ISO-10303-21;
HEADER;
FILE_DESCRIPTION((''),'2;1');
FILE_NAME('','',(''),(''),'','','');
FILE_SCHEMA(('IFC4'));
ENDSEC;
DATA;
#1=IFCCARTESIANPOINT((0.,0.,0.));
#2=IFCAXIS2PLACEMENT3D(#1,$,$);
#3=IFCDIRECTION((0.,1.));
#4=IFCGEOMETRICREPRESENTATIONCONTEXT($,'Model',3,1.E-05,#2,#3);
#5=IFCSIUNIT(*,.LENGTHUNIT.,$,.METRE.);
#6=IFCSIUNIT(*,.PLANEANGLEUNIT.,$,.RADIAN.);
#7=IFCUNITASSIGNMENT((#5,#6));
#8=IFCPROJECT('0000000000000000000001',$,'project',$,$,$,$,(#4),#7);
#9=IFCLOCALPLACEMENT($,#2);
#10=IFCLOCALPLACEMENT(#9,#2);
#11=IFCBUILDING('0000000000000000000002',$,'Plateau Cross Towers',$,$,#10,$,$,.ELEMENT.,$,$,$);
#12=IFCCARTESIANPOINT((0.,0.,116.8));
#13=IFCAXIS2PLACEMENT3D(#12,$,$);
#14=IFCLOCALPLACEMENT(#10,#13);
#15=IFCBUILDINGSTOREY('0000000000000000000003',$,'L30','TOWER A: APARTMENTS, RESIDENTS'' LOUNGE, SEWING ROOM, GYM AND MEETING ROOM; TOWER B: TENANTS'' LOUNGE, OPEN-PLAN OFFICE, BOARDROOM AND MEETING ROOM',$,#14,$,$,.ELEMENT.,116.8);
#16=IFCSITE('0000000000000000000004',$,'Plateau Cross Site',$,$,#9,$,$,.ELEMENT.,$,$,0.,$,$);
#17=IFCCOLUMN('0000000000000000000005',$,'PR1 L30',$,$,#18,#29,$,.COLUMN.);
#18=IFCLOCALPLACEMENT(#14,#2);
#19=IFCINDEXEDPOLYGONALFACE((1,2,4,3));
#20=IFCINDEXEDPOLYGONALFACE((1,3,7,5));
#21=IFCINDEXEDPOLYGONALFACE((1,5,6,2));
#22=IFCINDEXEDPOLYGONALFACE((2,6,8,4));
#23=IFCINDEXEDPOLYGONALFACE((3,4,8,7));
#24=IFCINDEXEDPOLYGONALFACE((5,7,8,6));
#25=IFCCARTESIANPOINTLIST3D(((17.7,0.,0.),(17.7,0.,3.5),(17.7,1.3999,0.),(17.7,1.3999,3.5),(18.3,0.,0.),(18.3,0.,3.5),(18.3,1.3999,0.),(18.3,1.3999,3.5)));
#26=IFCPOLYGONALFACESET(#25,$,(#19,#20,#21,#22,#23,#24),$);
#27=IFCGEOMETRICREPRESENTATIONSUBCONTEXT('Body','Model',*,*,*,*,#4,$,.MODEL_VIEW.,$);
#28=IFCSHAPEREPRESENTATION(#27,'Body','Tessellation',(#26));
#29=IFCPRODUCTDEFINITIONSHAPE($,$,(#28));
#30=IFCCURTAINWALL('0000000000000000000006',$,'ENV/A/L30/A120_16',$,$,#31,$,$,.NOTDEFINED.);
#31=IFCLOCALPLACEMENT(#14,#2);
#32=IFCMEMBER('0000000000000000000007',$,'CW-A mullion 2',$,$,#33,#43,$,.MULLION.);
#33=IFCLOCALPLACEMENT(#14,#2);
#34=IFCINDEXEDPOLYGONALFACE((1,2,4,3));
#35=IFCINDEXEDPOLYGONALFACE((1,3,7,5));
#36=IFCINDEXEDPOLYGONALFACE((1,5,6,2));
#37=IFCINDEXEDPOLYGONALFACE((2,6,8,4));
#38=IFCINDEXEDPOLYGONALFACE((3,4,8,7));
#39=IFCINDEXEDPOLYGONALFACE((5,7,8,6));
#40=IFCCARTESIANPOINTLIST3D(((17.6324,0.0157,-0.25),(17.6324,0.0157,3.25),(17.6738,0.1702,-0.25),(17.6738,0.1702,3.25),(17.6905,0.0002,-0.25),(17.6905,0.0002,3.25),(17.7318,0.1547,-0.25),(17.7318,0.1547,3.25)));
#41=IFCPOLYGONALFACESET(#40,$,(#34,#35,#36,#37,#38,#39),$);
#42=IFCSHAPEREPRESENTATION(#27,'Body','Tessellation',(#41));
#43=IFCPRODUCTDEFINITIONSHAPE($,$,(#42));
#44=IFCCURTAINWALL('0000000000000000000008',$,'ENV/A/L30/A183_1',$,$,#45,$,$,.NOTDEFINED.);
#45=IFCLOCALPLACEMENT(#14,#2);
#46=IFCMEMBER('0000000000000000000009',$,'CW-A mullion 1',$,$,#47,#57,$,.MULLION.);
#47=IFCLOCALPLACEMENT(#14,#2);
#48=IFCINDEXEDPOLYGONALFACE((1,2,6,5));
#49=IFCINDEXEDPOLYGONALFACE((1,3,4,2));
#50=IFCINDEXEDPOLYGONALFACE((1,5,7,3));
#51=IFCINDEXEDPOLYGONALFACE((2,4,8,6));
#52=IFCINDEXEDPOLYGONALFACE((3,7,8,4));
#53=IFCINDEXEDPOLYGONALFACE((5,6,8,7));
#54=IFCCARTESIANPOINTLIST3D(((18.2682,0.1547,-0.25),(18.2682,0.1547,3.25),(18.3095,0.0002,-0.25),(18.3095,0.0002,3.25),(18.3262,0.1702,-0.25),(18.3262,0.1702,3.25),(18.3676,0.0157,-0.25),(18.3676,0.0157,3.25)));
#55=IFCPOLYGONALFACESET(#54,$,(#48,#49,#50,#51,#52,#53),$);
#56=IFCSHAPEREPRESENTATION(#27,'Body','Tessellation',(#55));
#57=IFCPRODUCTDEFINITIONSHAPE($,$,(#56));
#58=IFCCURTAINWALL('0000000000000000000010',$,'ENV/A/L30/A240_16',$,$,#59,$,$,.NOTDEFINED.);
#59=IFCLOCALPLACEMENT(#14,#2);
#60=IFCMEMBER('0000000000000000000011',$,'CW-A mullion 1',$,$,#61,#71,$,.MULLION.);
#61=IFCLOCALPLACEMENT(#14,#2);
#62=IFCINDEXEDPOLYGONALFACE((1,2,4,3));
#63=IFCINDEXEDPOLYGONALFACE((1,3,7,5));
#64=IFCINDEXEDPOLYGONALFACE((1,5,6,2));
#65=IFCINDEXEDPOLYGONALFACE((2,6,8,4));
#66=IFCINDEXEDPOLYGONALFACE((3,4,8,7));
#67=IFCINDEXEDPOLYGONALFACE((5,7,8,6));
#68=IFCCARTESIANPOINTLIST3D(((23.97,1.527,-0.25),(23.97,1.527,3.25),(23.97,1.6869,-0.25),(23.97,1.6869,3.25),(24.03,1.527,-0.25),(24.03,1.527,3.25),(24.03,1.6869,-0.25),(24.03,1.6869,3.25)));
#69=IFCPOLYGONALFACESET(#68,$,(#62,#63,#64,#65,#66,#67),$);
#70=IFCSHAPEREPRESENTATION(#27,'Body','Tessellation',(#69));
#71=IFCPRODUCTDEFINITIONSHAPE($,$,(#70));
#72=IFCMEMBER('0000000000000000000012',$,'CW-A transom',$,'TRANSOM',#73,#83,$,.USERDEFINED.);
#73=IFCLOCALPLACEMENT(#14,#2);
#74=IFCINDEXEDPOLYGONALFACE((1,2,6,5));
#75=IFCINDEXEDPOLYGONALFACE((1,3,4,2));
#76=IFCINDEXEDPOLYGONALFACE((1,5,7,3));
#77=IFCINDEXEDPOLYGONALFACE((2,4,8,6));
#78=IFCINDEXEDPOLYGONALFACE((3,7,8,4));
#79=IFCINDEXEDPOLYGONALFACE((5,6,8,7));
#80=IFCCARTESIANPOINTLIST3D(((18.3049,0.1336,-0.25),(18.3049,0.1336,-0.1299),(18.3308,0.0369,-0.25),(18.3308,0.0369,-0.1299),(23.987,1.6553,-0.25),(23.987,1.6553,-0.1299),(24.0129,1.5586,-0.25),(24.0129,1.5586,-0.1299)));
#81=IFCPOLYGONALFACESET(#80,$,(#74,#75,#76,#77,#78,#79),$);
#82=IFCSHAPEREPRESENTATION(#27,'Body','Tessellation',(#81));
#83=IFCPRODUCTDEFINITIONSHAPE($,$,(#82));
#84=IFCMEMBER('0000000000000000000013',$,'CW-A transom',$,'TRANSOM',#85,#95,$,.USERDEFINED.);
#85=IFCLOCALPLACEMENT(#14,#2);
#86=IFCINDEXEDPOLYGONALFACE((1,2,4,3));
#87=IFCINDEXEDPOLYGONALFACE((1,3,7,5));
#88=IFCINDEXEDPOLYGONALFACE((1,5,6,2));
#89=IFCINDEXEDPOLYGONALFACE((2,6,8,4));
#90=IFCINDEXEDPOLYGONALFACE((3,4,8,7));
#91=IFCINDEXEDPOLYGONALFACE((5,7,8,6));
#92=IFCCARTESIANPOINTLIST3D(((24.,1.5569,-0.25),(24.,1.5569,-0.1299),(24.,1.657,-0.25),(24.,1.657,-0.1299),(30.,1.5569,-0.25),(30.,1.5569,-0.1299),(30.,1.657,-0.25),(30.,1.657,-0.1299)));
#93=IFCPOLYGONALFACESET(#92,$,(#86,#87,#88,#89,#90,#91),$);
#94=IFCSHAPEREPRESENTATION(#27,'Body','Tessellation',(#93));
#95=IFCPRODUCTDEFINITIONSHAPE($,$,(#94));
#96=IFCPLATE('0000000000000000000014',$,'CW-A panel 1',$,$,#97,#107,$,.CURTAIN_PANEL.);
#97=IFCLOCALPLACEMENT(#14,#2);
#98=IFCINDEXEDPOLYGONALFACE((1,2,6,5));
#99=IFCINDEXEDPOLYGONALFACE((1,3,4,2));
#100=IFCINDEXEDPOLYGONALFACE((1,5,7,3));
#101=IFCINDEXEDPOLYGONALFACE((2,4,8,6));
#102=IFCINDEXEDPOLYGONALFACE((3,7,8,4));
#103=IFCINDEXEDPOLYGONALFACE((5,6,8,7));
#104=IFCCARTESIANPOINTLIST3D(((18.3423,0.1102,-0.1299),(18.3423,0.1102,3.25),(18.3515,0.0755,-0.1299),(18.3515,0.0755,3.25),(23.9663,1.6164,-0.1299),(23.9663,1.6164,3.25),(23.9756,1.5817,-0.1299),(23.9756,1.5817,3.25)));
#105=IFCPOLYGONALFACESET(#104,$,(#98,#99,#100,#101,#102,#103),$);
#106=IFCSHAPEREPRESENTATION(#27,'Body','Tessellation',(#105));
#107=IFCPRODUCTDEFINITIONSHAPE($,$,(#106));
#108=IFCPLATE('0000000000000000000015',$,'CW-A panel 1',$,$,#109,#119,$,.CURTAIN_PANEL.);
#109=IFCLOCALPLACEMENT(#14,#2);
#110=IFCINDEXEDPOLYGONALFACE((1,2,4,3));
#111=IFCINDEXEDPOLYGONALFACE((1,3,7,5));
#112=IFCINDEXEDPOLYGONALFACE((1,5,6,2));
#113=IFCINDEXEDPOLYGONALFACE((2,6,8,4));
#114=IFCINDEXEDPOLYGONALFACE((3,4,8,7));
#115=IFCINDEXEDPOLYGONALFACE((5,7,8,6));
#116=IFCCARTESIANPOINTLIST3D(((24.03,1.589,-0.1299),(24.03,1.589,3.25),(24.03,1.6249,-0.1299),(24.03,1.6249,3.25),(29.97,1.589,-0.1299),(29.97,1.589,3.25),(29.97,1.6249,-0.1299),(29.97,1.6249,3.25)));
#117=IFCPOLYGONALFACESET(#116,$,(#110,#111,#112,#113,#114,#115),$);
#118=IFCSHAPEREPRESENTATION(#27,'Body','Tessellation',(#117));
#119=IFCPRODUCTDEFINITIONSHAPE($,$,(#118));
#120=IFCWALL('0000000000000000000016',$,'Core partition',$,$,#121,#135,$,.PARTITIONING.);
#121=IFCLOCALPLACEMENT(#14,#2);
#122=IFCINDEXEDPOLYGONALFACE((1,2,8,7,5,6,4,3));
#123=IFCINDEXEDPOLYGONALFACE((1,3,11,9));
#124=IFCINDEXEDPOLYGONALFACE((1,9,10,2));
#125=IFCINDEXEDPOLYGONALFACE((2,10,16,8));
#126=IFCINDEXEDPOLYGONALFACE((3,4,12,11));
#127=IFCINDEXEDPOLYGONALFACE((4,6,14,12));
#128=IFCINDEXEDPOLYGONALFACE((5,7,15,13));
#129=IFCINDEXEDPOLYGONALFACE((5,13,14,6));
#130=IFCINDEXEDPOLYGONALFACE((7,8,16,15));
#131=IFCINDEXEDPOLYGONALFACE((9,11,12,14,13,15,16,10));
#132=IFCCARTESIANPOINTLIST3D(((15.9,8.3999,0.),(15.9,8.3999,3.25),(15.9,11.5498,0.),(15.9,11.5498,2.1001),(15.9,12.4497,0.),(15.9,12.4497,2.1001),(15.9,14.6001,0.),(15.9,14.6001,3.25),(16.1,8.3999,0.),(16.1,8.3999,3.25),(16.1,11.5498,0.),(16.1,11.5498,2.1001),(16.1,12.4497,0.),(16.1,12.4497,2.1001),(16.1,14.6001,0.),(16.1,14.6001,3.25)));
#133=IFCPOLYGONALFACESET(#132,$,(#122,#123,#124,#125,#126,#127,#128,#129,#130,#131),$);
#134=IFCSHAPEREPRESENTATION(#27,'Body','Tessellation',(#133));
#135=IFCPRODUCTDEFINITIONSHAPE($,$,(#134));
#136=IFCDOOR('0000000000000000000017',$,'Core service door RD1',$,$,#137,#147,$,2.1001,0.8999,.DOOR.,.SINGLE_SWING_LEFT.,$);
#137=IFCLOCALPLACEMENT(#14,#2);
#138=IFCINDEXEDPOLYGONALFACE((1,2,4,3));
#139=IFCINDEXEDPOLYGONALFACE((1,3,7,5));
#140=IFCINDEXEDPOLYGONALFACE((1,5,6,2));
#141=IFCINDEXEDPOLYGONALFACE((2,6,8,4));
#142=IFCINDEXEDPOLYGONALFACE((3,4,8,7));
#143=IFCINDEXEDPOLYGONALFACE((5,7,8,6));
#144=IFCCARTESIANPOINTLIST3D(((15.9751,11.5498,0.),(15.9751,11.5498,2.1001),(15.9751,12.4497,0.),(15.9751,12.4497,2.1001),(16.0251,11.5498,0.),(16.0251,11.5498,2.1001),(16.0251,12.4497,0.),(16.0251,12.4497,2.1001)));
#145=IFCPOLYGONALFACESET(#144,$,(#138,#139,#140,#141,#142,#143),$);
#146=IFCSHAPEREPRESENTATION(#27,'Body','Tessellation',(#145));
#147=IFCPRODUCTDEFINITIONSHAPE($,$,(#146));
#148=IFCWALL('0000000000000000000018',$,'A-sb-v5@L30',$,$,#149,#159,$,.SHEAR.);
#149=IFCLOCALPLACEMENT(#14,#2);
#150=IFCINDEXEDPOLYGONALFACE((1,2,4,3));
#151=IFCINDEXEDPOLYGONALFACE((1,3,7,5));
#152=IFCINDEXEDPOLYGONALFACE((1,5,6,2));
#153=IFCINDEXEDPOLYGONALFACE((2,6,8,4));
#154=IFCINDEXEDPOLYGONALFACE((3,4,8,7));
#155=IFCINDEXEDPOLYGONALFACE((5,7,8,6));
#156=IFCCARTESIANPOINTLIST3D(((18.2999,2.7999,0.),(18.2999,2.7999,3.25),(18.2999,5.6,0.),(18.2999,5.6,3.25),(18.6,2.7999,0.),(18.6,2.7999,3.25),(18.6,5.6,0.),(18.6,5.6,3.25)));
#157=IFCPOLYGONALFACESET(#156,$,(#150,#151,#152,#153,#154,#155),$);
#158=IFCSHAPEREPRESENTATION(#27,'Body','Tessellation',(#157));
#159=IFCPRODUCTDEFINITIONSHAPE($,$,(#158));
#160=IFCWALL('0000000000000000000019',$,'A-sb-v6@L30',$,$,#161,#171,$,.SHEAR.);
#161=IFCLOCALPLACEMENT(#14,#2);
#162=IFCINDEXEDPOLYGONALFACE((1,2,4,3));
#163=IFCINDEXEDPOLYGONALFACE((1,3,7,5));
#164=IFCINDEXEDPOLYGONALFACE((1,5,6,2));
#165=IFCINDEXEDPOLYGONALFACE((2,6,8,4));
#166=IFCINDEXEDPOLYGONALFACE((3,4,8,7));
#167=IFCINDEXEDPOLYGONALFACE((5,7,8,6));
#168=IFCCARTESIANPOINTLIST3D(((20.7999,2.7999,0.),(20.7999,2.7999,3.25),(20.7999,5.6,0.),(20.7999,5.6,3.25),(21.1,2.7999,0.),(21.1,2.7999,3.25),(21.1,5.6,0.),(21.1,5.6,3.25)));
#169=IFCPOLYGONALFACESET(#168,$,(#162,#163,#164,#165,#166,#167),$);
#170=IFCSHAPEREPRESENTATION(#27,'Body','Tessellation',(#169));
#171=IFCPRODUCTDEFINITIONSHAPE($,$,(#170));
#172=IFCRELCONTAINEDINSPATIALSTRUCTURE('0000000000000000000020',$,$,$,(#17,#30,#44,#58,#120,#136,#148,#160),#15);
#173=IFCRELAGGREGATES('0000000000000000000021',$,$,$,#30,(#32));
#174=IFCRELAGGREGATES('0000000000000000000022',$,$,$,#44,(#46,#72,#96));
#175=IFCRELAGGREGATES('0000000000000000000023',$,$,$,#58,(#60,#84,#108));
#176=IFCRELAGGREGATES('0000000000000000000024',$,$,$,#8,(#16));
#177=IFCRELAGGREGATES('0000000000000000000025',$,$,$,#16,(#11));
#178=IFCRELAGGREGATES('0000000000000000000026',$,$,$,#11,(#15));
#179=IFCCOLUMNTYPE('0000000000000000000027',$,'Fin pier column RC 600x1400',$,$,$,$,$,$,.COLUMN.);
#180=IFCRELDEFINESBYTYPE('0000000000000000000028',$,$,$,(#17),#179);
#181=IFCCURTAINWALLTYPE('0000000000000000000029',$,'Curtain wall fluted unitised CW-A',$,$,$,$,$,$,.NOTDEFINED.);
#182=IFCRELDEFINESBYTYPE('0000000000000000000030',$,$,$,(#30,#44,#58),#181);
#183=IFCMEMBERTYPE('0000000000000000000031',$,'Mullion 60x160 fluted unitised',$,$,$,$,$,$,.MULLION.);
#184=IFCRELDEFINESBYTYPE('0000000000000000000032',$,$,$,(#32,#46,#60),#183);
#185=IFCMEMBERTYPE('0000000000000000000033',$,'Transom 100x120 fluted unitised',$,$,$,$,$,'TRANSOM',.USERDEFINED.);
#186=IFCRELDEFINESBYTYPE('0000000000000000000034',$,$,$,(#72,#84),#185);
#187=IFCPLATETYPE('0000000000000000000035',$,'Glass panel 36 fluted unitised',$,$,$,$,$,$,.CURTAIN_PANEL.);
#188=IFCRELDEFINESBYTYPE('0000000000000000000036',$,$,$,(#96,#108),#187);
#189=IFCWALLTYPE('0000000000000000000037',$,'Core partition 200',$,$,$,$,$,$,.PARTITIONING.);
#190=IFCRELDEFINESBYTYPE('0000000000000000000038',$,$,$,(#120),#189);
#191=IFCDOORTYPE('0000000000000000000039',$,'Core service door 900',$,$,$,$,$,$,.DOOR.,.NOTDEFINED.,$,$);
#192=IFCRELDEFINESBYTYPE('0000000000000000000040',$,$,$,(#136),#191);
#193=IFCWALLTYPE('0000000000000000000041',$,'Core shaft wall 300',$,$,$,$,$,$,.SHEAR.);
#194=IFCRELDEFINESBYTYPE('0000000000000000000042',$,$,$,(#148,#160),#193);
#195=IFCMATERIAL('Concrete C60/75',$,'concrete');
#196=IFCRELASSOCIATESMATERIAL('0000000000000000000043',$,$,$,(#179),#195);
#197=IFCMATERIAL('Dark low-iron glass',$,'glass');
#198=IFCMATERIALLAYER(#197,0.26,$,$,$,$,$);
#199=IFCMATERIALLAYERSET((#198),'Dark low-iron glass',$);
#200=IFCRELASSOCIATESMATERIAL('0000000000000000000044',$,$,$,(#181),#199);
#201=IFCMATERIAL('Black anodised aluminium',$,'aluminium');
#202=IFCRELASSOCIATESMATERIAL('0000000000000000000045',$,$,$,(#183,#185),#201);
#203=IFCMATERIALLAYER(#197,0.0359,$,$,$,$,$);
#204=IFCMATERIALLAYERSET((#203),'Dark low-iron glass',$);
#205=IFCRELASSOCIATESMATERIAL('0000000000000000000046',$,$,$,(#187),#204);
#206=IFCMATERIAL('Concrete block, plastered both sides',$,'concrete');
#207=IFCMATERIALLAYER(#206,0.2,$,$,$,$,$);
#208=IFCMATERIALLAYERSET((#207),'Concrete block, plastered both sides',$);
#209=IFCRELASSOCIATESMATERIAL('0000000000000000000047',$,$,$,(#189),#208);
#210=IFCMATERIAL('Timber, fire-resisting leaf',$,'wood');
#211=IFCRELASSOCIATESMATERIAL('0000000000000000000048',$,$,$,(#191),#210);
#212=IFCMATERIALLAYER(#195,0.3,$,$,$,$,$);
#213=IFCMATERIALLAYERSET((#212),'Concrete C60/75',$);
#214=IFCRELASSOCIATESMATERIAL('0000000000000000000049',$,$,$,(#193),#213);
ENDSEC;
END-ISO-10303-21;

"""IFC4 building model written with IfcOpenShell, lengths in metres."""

from ifc_helpers import new_model, si_unit, direction, frame, frame_2d, origin, origin_2d, place, context, subcontext, project, spatial, rectangle, extrude, material, layer, layer_set, material_profile, profile_set, type_object, element, fill, aggregate, save


model = new_model("IFC4")

# Units and contexts
model_context = context("Model", 3, precision=1e-05, world=origin(), true_north=direction((0.0, 1.0)))
body_context = subcontext(model_context, "Body", "Model", "MODEL_VIEW")
ifc_project = project(units=[si_unit("LENGTHUNIT", "METRE"), si_unit("PLANEANGLEUNIT", "RADIAN")], contexts=[model_context])

# Site, building, storey
site_placement = place(None, origin())
site = spatial("IfcSite", under=ifc_project, at=site_placement, Name="Plateau Cross Site", CompositionType="ELEMENT", RefElevation=0.0)
building_placement = place(site_placement, origin())
building = spatial("IfcBuilding", under=site, at=building_placement, Name="Plateau Cross Towers", CompositionType="ELEMENT")
storey_placement = place(building_placement, frame((0.0, 0.0, 116.8)))
storey = spatial("IfcBuildingStorey", under=building, at=storey_placement, Name="L30", Description="TOWER A: APARTMENTS, RESIDENTS' LOUNGE, SEWING ROOM, GYM AND MEETING ROOM; TOWER B: TENANTS' LOUNGE, OPEN-PLAN OFFICE, BOARDROOM AND MEETING ROOM", CompositionType="ELEMENT", Elevation=116.8)

# Column
ifc_material_1 = material(Name="Concrete C60/75", Category="concrete")
ifc_material_profile_1 = material_profile(ifc_material_1, rectangle(XDim=0.6001, YDim=1.3999, at=origin_2d()), Name="RC 600x1400")
ifc_profile_set_1 = profile_set([ifc_material_profile_1], Name="Concrete C60/75")
column_type = type_object("IfcColumnType", Name="Fin pier column RC 600x1400", PredefinedType="COLUMN", material=ifc_profile_set_1)
column_placement = place(storey_placement, frame((18.0, 0.7, 0.0), z_axis=(0.0, 0.0, 1.0), x_axis=(1.0, 0.0, 0.0)))
element("IfcColumn", 1, at=column_placement, inside=storey, type_object=column_type, Name="PR1 L30", PredefinedType="COLUMN", context=body_context, shape_type="SweptSolid", body=[
    extrude(rectangle(XDim=0.6001, YDim=1.3999, at=origin_2d()), origin(), (0.0, 0.0, 1.0), 3.5),
])

# Curtain walls, members
ifc_material_2 = material(Name="Dark low-iron glass", Category="glass")
ifc_layer_1 = layer(ifc_material_2, 0.26)
ifc_layer_set_1 = layer_set([ifc_layer_1], Name="Dark low-iron glass")
curtain_wall_type = type_object("IfcCurtainWallType", Name="Curtain wall fluted unitised CW-A", PredefinedType="NOTDEFINED", material=ifc_layer_set_1)
curtain_wall_1_placement = place(storey_placement, origin())
curtain_wall_1 = element("IfcCurtainWall", 2, at=curtain_wall_1_placement, inside=storey, type_object=curtain_wall_type, Name="ENV/A/L30/A120_16", PredefinedType="NOTDEFINED")
ifc_material_3 = material(Name="Black anodised aluminium", Category="aluminium")
ifc_material_profile_2 = material_profile(ifc_material_3, rectangle(XDim=0.0601, YDim=0.1599, at=origin_2d()), Name="MULLION 60x160")
ifc_profile_set_2 = profile_set([ifc_material_profile_2], Name="Black anodised aluminium")
member_type_1 = type_object("IfcMemberType", Name="Mullion 60x160 fluted unitised", PredefinedType="MULLION", material=ifc_profile_set_2)
member_1_placement = place(storey_placement, frame((17.6821, 0.0852, -0.25), z_axis=(0.0, 0.0, 1.0), x_axis=(0.965958, -0.258699, 0.0)))
member_1 = element("IfcMember", 3, at=member_1_placement, type_object=member_type_1, Name="CW-A mullion 2", PredefinedType="MULLION", context=body_context, shape_type="SweptSolid", body=[
    extrude(rectangle(XDim=0.0601, YDim=0.1599, at=origin_2d()), origin(), (0.0, 0.0, 1.0), 3.5),
])
aggregate(curtain_wall_1, [member_1])
curtain_wall_2_placement = place(storey_placement, origin())
curtain_wall_2 = element("IfcCurtainWall", 4, at=curtain_wall_2_placement, inside=storey, type_object=curtain_wall_type, Name="ENV/A/L30/A183_1", PredefinedType="NOTDEFINED")
member_2_placement = place(storey_placement, frame((18.3179, 0.0852, -0.25), z_axis=(0.0, 0.0, 1.0), x_axis=(0.965958, 0.258699, 0.0)))
member_2 = element("IfcMember", 5, at=member_2_placement, type_object=member_type_1, Name="CW-A mullion 1", PredefinedType="MULLION", context=body_context, shape_type="SweptSolid", body=[
    extrude(rectangle(XDim=0.0601, YDim=0.1599, at=origin_2d()), origin(), (0.0, 0.0, 1.0), 3.5),
])
curtain_wall_3_placement = place(storey_placement, origin())
curtain_wall_3 = element("IfcCurtainWall", 6, at=curtain_wall_3_placement, inside=storey, type_object=curtain_wall_type, Name="ENV/A/L30/A240_16", PredefinedType="NOTDEFINED")
member_3_placement = place(storey_placement, frame((24.0, 1.6069, -0.25), z_axis=(0.0, 0.0, 1.0), x_axis=(1.0, 0.0, 0.0)))
member_3 = element("IfcMember", 7, at=member_3_placement, type_object=member_type_1, Name="CW-A mullion 1", PredefinedType="MULLION", context=body_context, shape_type="SweptSolid", body=[
    extrude(rectangle(XDim=0.0601, YDim=0.1599, at=origin_2d()), origin(), (0.0, 0.0, 1.0), 3.5),
])

# Members
ifc_material_profile_3 = material_profile(ifc_material_3, rectangle(XDim=0.1001, YDim=0.1201, at=origin_2d()), Name="TRANSOM 100x120")
ifc_profile_set_3 = profile_set([ifc_material_profile_3], Name="Black anodised aluminium")
member_type_2 = type_object("IfcMemberType", Name="Transom 100x120 fluted unitised", ElementType="TRANSOM", PredefinedType="USERDEFINED", material=ifc_profile_set_3)
member_4_placement = place(storey_placement, frame((18.3179, 0.0852, -0.1899), z_axis=(0.96596, 0.258693, 0.0), x_axis=(-0.258693, 0.96596, 0.0)))
member_4 = element("IfcMember", 8, at=member_4_placement, type_object=member_type_2, Name="CW-A transom", ObjectType="TRANSOM", PredefinedType="USERDEFINED", context=body_context, shape_type="SweptSolid", body=[
    extrude(rectangle(XDim=0.1001, YDim=0.1201, at=origin_2d()), origin(), (0.0, 0.0, 1.0), 5.8823),
])
member_5_placement = place(storey_placement, frame((24.0, 1.6069, -0.1899), z_axis=(1.0, 0.0, 0.0), x_axis=(0.0, 1.0, 0.0)))
member_5 = element("IfcMember", 9, at=member_5_placement, type_object=member_type_2, Name="CW-A transom", ObjectType="TRANSOM", PredefinedType="USERDEFINED", context=body_context, shape_type="SweptSolid", body=[
    extrude(rectangle(XDim=0.1001, YDim=0.1201, at=origin_2d()), origin(), (0.0, 0.0, 1.0), 6.0),
])

# Plates
ifc_layer_2 = layer(ifc_material_2, 0.0359)
ifc_layer_set_2 = layer_set([ifc_layer_2], Name="Dark low-iron glass")
plate_type = type_object("IfcPlateType", Name="Glass panel 36 fluted unitised", PredefinedType="CURTAIN_PANEL", material=ifc_layer_set_2)
plate_1_placement = place(storey_placement, frame((21.1589, 0.8459, -0.1299), z_axis=(0.0, 0.0, 1.0), x_axis=(0.965958, 0.258699, 0.0)))
plate_1 = element("IfcPlate", 10, at=plate_1_placement, type_object=plate_type, Name="CW-A panel 1", PredefinedType="CURTAIN_PANEL", context=body_context, shape_type="SweptSolid", body=[
    extrude(rectangle(XDim=5.8223, YDim=0.0359, at=origin_2d()), origin(), (0.0, 0.0, 1.0), 3.3799),
])
aggregate(curtain_wall_2, [member_2, member_4, plate_1])
plate_2_placement = place(storey_placement, frame((27.0, 1.6069, -0.1299), z_axis=(0.0, 0.0, 1.0), x_axis=(1.0, 0.0, 0.0)))
plate_2 = element("IfcPlate", 11, at=plate_2_placement, type_object=plate_type, Name="CW-A panel 1", PredefinedType="CURTAIN_PANEL", context=body_context, shape_type="SweptSolid", body=[
    extrude(rectangle(XDim=5.9399, YDim=0.0359, at=origin_2d()), origin(), (0.0, 0.0, 1.0), 3.3799),
])
aggregate(curtain_wall_3, [member_3, member_5, plate_2])

# Wall, opening, door
ifc_material_4 = material(Name="Concrete block, plastered both sides", Category="concrete")
ifc_layer_3 = layer(ifc_material_4, 0.2)
ifc_layer_set_3 = layer_set([ifc_layer_3], Name="Concrete block, plastered both sides")
wall_type_1 = type_object("IfcWallType", Name="Core partition 200", PredefinedType="PARTITIONING", material=ifc_layer_set_3)
wall_1_placement = place(storey_placement, frame((16.0, 8.3999, 0.0), z_axis=(0.0, 0.0, 1.0), x_axis=(0.0, 1.0, 0.0)))
wall_1 = element("IfcWall", 12, at=wall_1_placement, inside=storey, type_object=wall_type_1, Name="Core partition", PredefinedType="PARTITIONING", context=body_context, shape_type="SweptSolid", body=[
    extrude(rectangle(XDim=6.2002, YDim=0.2, at=frame_2d((3.1001, 0.0))), origin(), (0.0, 0.0, 1.0), 3.25),
])
opening_1_placement = place(wall_1_placement, frame((3.1499, 0.0, 0.0)))
opening_1 = element("IfcOpeningElement", 13, at=opening_1_placement, cuts=wall_1, PredefinedType="OPENING", context=body_context, shape_type="SweptSolid", body=[
    extrude(rectangle(XDim=0.8999, YDim=2.1001, at=frame_2d((0.45, 1.05))), frame((0.0, 0.1099, 0.0), z_axis=(0.0, -1.0, 0.0), x_axis=(1.0, 0.0, 0.0)), (0.0, 0.0, 1.0), 0.22),
])
ifc_material_5 = material(Name="Timber, fire-resisting leaf", Category="wood")
door_type_1 = type_object("IfcDoorType", Name="Core service door 900", OperationType="NOTDEFINED", PredefinedType="DOOR", material=ifc_material_5)
door_1_placement = place(opening_1_placement, origin())
door_1 = element("IfcDoor", 14, at=door_1_placement, inside=storey, type_object=door_type_1, Name="Core service door RD1", OperationType="SINGLE_SWING_LEFT", OverallHeight=2.1001, OverallWidth=0.8999, PredefinedType="DOOR", context=body_context, shape_type="SweptSolid", body=[
    extrude(rectangle(XDim=0.8999, YDim=2.1001, at=frame_2d((0.45, 1.05))), frame((0.0, 0.0249, 0.0), z_axis=(0.0, -1.0, 0.0), x_axis=(1.0, 0.0, 0.0)), (0.0, 0.0, 1.0), 0.05),
])
fill(opening_1, door_1)

# Walls
ifc_layer_4 = layer(ifc_material_1, 0.3)
ifc_layer_set_4 = layer_set([ifc_layer_4], Name="Concrete C60/75")
wall_type_2 = type_object("IfcWallType", Name="Core shaft wall 300", PredefinedType="SHEAR", material=ifc_layer_set_4)
for number, where, z_axis, x_axis, name in (
    (15, (18.45, 2.8, 0.0), (0.0, 0.0, 1.0), (0.0, 1.0, 0.0), "A-sb-v5@L30"),
    (16, (20.95, 2.8, 0.0), (0.0, 0.0, 1.0), (0.0, 1.0, 0.0), "A-sb-v6@L30"),
):
    element("IfcWall", number, at=place(storey_placement, frame(where, z_axis=z_axis, x_axis=x_axis)), inside=storey, type_object=wall_type_2, Name=name, PredefinedType="SHEAR", context=body_context, shape_type="SweptSolid", body=[
        extrude(rectangle(XDim=2.8, YDim=0.3, at=frame_2d((1.3999, 0.0))), origin(), (0.0, 0.0, 1.0), 3.25),
    ])

save(model, "model.ifc")
